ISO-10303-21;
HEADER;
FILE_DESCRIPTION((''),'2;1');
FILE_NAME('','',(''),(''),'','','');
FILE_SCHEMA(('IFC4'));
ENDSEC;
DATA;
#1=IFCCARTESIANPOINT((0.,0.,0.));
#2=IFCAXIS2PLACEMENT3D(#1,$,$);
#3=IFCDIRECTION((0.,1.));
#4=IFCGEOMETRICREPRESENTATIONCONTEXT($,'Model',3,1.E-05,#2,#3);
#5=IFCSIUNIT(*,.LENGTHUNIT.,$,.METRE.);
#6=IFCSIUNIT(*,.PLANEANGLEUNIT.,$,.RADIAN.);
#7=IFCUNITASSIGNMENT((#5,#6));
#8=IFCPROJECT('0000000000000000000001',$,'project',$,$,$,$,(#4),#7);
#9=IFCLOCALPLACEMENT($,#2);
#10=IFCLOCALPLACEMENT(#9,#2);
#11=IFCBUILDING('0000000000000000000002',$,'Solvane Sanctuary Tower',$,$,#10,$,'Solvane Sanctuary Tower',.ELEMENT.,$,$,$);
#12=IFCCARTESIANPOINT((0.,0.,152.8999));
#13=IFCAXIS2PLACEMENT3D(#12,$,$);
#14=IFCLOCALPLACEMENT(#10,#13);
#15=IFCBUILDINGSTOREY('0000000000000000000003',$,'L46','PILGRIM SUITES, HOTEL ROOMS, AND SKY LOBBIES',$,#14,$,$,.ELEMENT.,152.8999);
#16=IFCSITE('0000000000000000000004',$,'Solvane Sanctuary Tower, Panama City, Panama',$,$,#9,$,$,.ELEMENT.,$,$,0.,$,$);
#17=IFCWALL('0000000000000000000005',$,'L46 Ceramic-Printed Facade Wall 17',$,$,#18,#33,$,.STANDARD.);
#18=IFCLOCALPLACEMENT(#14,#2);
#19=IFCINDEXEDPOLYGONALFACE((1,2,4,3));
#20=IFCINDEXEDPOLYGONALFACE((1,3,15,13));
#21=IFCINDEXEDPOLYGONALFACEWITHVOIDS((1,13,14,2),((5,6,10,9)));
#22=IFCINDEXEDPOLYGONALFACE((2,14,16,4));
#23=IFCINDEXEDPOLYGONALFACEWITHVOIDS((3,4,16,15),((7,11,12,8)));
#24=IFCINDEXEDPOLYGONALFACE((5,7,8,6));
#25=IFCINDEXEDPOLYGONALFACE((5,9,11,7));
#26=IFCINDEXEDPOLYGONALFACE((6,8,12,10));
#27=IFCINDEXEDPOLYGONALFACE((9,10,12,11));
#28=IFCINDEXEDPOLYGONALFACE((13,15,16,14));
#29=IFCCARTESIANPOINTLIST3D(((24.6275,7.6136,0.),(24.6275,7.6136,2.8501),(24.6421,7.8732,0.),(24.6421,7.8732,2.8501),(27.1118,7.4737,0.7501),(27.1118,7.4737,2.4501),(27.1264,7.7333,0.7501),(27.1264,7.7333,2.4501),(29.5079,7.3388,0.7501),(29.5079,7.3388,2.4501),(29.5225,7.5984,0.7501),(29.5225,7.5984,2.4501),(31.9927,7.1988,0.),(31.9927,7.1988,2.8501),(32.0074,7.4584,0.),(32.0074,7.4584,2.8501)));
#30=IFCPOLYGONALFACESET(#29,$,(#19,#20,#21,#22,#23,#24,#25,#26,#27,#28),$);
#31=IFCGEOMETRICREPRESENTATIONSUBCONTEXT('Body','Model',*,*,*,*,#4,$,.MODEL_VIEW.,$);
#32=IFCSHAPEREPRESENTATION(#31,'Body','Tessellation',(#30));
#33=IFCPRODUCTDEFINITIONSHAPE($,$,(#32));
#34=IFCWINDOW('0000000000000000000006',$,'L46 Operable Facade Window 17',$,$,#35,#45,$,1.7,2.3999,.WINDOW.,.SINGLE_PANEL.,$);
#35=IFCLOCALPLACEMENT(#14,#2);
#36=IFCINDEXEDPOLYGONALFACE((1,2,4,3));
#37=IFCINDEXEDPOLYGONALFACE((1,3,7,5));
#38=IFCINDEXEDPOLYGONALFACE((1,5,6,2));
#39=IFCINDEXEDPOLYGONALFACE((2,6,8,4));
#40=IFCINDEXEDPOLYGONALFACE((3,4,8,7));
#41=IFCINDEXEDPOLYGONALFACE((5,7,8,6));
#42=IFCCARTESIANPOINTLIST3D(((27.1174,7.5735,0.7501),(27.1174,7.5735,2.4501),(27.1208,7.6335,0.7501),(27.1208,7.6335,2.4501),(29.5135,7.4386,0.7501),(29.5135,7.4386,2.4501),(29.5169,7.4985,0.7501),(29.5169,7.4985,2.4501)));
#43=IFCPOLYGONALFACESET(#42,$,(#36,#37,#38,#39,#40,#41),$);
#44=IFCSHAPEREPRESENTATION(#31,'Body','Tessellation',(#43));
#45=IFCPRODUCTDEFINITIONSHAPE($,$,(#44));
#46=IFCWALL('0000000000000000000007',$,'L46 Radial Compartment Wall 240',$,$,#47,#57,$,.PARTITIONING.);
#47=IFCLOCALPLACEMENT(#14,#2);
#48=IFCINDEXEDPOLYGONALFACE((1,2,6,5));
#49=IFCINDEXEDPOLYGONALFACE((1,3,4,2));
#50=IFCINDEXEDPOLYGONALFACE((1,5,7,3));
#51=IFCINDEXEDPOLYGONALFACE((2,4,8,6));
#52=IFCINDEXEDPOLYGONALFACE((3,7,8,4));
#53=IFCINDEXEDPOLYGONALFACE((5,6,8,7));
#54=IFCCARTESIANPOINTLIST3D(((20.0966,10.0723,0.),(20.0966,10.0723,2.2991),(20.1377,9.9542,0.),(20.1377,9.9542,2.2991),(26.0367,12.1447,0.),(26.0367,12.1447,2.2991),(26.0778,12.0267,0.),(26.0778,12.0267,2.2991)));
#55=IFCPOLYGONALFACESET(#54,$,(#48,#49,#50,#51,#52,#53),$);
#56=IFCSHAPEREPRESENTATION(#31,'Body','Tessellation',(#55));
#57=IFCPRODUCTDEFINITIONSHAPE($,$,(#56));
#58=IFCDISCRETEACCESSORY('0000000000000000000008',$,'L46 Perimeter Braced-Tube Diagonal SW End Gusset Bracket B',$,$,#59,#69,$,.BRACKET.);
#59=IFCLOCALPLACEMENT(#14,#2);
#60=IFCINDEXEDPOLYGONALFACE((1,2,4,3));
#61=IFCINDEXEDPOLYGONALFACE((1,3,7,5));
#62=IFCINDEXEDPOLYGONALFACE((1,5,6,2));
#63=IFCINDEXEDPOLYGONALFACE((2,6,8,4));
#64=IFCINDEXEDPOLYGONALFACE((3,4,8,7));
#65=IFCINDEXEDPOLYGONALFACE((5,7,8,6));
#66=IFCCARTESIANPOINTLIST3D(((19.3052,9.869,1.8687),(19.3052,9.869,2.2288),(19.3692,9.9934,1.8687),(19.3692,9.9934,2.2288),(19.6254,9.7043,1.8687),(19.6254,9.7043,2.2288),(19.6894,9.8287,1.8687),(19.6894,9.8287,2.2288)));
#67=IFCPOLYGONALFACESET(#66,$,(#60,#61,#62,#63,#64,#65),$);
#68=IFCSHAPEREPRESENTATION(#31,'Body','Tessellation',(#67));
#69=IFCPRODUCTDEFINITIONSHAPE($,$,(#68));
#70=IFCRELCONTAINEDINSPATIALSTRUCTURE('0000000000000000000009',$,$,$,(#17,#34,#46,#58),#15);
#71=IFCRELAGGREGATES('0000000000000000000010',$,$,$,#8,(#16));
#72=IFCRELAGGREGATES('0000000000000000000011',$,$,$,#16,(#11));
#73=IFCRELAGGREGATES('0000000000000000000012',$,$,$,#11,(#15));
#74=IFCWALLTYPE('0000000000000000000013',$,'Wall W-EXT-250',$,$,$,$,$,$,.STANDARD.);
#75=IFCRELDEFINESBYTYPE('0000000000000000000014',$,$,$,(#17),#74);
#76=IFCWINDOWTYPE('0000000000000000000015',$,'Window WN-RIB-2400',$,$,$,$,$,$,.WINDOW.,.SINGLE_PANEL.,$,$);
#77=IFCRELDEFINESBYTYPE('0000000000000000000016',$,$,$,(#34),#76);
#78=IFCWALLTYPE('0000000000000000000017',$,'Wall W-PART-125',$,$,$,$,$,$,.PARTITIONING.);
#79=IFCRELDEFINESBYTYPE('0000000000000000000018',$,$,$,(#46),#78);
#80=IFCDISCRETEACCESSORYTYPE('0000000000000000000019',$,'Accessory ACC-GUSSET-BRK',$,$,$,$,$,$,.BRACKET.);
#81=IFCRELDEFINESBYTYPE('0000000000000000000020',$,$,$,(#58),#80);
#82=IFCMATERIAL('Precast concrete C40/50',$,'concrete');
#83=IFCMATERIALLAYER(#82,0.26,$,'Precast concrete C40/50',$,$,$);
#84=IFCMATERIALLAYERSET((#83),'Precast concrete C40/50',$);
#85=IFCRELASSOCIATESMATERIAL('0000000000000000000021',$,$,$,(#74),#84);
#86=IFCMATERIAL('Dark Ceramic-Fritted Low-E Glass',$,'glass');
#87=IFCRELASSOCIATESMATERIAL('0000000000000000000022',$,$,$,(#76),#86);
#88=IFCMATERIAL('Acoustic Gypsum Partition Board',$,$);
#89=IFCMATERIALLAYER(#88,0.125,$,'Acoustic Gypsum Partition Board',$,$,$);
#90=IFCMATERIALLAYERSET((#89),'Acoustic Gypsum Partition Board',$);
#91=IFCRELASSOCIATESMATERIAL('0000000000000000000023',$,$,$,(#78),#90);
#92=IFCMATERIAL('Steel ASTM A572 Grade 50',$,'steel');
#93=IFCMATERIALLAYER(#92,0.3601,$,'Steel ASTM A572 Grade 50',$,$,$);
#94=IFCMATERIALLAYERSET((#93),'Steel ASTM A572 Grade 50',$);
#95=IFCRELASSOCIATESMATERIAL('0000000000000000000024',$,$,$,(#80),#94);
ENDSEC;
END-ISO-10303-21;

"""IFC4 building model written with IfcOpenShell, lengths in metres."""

from ifc_helpers import new_model, si_unit, direction, frame, frame_2d, origin, origin_2d, place, context, subcontext, project, spatial, rectangle, extrude, material, layer, layer_set, type_object, element, fill, save


model = new_model("IFC4")

# Units and contexts
model_context = context("Model", 3, precision=1e-05, world=origin(), true_north=direction((0.0, 1.0)))
body_context = subcontext(model_context, "Body", "Model", "MODEL_VIEW")
ifc_project = project(units=[si_unit("LENGTHUNIT", "METRE"), si_unit("PLANEANGLEUNIT", "RADIAN")], contexts=[model_context])

# Site, building, storey
site_placement = place(None, origin())
site = spatial("IfcSite", under=ifc_project, at=site_placement, Name="Solvane Sanctuary Tower, Panama City, Panama", CompositionType="ELEMENT", RefElevation=0.0)
building_placement = place(site_placement, origin())
building = spatial("IfcBuilding", under=site, at=building_placement, Name="Solvane Sanctuary Tower", LongName="Solvane Sanctuary Tower", CompositionType="ELEMENT")
storey_placement = place(building_placement, frame((0.0, 0.0, 152.8999)))
storey = spatial("IfcBuildingStorey", under=building, at=storey_placement, Name="L46", Description="PILGRIM SUITES, HOTEL ROOMS, AND SKY LOBBIES", CompositionType="ELEMENT", Elevation=152.8999)

# Shared definitions
ifc_material_1 = material(Name="Acoustic Gypsum Partition Board")

# Wall, opening, window
ifc_material_2 = material(Name="Precast concrete C40/50", Category="concrete")
ifc_layer_1 = layer(ifc_material_2, 0.26, Name="Precast concrete C40/50")
ifc_layer_set_1 = layer_set([ifc_layer_1], Name="Precast concrete C40/50")
wall_type_1 = type_object("IfcWallType", Name="Wall W-EXT-250", PredefinedType="STANDARD", material=ifc_layer_set_1)
ifc_material_3 = material(Name="Dark Ceramic-Fritted Low-E Glass", Category="glass")
wall_1_placement = place(storey_placement, frame((24.6348, 7.7434, 0.0), z_axis=(0.0, 0.0, 1.0), x_axis=(0.998418, -0.056229, 0.0)))
wall_1 = element("IfcWall", 1, at=wall_1_placement, inside=storey, type_object=wall_type_1, Name="L46 Ceramic-Printed Facade Wall 17", PredefinedType="STANDARD", context=body_context, shape_type="SweptSolid", body=[
    extrude(rectangle(XDim=7.377, YDim=0.26, at=frame_2d((3.6885, 0.0))), origin(), (0.0, 0.0, 1.0), 2.8501),
])
opening_1_placement = place(wall_1_placement, frame((2.4883, 0.0, 0.75)))
opening_1 = element("IfcOpeningElement", 2, at=opening_1_placement, cuts=wall_1, PredefinedType="OPENING", context=body_context, shape_type="SweptSolid", body=[
    extrude(rectangle(XDim=2.3999, YDim=1.7, at=frame_2d((1.2, 0.8501))), frame((0.0, 0.1399, 0.0), z_axis=(0.0, -1.0, 0.0), x_axis=(1.0, 0.0, 0.0)), (0.0, 0.0, 1.0), 0.28),
])
window_type_1 = type_object("IfcWindowType", Name="Window WN-RIB-2400", PartitioningType="SINGLE_PANEL", PredefinedType="WINDOW", material=ifc_material_3)
window_1_placement = place(opening_1_placement, origin())
window_1 = element("IfcWindow", 3, at=window_1_placement, inside=storey, type_object=window_type_1, Name="L46 Operable Facade Window 17", OverallHeight=1.7, OverallWidth=2.3999, PartitioningType="SINGLE_PANEL", PredefinedType="WINDOW", context=body_context, shape_type="SweptSolid", body=[
    extrude(rectangle(XDim=2.3999, YDim=1.7, at=frame_2d((1.2, 0.8501))), frame((0.0, 0.03, 0.0), z_axis=(0.0, -1.0, 0.0), x_axis=(1.0, 0.0, 0.0)), (0.0, 0.0, 1.0), 0.0601),
])
fill(opening_1, window_1)

# Wall
ifc_layer_2 = layer(ifc_material_1, 0.125, Name="Acoustic Gypsum Partition Board")
ifc_layer_set_2 = layer_set([ifc_layer_2], Name="Acoustic Gypsum Partition Board")
wall_type_2 = type_object("IfcWallType", Name="Wall W-PART-125", PredefinedType="PARTITIONING", material=ifc_layer_set_2)
wall_2_placement = place(storey_placement, frame((26.0571, 12.0857, 0.0), z_axis=(0.0, 0.0, 1.0), x_axis=(-0.944183, -0.329422, 0.0)))
element("IfcWall", 4, at=wall_2_placement, inside=storey, type_object=wall_type_2, Name="L46 Radial Compartment Wall 240", PredefinedType="PARTITIONING", context=body_context, shape_type="SweptSolid", body=[
    extrude(rectangle(XDim=6.2913, YDim=0.125, at=frame_2d((3.1455, 0.0))), origin(), (0.0, 0.0, 1.0), 2.2991),
])

# Discrete accessory
ifc_material_4 = material(Name="Steel ASTM A572 Grade 50", Category="steel")
ifc_layer_3 = layer(ifc_material_4, 0.3601, Name="Steel ASTM A572 Grade 50")
ifc_layer_set_3 = layer_set([ifc_layer_3], Name="Steel ASTM A572 Grade 50")
discrete_accessory_type = type_object("IfcDiscreteAccessoryType", Name="Accessory ACC-GUSSET-BRK", PredefinedType="BRACKET", material=ifc_layer_set_3)
discrete_accessory_placement = place(storey_placement, frame((19.4973, 9.8489, 1.8687), z_axis=(0.0, 0.0, 1.0), x_axis=(0.889257, -0.457408, 0.0)))
element("IfcDiscreteAccessory", 5, at=discrete_accessory_placement, inside=storey, type_object=discrete_accessory_type, Name="L46 Perimeter Braced-Tube Diagonal SW End Gusset Bracket B", PredefinedType="BRACKET", context=body_context, shape_type="SweptSolid", body=[
    extrude(rectangle(XDim=0.3601, YDim=0.1399, at=origin_2d()), origin(), (0.0, 0.0, 1.0), 0.3601),
])

save(model, "model.ifc")
